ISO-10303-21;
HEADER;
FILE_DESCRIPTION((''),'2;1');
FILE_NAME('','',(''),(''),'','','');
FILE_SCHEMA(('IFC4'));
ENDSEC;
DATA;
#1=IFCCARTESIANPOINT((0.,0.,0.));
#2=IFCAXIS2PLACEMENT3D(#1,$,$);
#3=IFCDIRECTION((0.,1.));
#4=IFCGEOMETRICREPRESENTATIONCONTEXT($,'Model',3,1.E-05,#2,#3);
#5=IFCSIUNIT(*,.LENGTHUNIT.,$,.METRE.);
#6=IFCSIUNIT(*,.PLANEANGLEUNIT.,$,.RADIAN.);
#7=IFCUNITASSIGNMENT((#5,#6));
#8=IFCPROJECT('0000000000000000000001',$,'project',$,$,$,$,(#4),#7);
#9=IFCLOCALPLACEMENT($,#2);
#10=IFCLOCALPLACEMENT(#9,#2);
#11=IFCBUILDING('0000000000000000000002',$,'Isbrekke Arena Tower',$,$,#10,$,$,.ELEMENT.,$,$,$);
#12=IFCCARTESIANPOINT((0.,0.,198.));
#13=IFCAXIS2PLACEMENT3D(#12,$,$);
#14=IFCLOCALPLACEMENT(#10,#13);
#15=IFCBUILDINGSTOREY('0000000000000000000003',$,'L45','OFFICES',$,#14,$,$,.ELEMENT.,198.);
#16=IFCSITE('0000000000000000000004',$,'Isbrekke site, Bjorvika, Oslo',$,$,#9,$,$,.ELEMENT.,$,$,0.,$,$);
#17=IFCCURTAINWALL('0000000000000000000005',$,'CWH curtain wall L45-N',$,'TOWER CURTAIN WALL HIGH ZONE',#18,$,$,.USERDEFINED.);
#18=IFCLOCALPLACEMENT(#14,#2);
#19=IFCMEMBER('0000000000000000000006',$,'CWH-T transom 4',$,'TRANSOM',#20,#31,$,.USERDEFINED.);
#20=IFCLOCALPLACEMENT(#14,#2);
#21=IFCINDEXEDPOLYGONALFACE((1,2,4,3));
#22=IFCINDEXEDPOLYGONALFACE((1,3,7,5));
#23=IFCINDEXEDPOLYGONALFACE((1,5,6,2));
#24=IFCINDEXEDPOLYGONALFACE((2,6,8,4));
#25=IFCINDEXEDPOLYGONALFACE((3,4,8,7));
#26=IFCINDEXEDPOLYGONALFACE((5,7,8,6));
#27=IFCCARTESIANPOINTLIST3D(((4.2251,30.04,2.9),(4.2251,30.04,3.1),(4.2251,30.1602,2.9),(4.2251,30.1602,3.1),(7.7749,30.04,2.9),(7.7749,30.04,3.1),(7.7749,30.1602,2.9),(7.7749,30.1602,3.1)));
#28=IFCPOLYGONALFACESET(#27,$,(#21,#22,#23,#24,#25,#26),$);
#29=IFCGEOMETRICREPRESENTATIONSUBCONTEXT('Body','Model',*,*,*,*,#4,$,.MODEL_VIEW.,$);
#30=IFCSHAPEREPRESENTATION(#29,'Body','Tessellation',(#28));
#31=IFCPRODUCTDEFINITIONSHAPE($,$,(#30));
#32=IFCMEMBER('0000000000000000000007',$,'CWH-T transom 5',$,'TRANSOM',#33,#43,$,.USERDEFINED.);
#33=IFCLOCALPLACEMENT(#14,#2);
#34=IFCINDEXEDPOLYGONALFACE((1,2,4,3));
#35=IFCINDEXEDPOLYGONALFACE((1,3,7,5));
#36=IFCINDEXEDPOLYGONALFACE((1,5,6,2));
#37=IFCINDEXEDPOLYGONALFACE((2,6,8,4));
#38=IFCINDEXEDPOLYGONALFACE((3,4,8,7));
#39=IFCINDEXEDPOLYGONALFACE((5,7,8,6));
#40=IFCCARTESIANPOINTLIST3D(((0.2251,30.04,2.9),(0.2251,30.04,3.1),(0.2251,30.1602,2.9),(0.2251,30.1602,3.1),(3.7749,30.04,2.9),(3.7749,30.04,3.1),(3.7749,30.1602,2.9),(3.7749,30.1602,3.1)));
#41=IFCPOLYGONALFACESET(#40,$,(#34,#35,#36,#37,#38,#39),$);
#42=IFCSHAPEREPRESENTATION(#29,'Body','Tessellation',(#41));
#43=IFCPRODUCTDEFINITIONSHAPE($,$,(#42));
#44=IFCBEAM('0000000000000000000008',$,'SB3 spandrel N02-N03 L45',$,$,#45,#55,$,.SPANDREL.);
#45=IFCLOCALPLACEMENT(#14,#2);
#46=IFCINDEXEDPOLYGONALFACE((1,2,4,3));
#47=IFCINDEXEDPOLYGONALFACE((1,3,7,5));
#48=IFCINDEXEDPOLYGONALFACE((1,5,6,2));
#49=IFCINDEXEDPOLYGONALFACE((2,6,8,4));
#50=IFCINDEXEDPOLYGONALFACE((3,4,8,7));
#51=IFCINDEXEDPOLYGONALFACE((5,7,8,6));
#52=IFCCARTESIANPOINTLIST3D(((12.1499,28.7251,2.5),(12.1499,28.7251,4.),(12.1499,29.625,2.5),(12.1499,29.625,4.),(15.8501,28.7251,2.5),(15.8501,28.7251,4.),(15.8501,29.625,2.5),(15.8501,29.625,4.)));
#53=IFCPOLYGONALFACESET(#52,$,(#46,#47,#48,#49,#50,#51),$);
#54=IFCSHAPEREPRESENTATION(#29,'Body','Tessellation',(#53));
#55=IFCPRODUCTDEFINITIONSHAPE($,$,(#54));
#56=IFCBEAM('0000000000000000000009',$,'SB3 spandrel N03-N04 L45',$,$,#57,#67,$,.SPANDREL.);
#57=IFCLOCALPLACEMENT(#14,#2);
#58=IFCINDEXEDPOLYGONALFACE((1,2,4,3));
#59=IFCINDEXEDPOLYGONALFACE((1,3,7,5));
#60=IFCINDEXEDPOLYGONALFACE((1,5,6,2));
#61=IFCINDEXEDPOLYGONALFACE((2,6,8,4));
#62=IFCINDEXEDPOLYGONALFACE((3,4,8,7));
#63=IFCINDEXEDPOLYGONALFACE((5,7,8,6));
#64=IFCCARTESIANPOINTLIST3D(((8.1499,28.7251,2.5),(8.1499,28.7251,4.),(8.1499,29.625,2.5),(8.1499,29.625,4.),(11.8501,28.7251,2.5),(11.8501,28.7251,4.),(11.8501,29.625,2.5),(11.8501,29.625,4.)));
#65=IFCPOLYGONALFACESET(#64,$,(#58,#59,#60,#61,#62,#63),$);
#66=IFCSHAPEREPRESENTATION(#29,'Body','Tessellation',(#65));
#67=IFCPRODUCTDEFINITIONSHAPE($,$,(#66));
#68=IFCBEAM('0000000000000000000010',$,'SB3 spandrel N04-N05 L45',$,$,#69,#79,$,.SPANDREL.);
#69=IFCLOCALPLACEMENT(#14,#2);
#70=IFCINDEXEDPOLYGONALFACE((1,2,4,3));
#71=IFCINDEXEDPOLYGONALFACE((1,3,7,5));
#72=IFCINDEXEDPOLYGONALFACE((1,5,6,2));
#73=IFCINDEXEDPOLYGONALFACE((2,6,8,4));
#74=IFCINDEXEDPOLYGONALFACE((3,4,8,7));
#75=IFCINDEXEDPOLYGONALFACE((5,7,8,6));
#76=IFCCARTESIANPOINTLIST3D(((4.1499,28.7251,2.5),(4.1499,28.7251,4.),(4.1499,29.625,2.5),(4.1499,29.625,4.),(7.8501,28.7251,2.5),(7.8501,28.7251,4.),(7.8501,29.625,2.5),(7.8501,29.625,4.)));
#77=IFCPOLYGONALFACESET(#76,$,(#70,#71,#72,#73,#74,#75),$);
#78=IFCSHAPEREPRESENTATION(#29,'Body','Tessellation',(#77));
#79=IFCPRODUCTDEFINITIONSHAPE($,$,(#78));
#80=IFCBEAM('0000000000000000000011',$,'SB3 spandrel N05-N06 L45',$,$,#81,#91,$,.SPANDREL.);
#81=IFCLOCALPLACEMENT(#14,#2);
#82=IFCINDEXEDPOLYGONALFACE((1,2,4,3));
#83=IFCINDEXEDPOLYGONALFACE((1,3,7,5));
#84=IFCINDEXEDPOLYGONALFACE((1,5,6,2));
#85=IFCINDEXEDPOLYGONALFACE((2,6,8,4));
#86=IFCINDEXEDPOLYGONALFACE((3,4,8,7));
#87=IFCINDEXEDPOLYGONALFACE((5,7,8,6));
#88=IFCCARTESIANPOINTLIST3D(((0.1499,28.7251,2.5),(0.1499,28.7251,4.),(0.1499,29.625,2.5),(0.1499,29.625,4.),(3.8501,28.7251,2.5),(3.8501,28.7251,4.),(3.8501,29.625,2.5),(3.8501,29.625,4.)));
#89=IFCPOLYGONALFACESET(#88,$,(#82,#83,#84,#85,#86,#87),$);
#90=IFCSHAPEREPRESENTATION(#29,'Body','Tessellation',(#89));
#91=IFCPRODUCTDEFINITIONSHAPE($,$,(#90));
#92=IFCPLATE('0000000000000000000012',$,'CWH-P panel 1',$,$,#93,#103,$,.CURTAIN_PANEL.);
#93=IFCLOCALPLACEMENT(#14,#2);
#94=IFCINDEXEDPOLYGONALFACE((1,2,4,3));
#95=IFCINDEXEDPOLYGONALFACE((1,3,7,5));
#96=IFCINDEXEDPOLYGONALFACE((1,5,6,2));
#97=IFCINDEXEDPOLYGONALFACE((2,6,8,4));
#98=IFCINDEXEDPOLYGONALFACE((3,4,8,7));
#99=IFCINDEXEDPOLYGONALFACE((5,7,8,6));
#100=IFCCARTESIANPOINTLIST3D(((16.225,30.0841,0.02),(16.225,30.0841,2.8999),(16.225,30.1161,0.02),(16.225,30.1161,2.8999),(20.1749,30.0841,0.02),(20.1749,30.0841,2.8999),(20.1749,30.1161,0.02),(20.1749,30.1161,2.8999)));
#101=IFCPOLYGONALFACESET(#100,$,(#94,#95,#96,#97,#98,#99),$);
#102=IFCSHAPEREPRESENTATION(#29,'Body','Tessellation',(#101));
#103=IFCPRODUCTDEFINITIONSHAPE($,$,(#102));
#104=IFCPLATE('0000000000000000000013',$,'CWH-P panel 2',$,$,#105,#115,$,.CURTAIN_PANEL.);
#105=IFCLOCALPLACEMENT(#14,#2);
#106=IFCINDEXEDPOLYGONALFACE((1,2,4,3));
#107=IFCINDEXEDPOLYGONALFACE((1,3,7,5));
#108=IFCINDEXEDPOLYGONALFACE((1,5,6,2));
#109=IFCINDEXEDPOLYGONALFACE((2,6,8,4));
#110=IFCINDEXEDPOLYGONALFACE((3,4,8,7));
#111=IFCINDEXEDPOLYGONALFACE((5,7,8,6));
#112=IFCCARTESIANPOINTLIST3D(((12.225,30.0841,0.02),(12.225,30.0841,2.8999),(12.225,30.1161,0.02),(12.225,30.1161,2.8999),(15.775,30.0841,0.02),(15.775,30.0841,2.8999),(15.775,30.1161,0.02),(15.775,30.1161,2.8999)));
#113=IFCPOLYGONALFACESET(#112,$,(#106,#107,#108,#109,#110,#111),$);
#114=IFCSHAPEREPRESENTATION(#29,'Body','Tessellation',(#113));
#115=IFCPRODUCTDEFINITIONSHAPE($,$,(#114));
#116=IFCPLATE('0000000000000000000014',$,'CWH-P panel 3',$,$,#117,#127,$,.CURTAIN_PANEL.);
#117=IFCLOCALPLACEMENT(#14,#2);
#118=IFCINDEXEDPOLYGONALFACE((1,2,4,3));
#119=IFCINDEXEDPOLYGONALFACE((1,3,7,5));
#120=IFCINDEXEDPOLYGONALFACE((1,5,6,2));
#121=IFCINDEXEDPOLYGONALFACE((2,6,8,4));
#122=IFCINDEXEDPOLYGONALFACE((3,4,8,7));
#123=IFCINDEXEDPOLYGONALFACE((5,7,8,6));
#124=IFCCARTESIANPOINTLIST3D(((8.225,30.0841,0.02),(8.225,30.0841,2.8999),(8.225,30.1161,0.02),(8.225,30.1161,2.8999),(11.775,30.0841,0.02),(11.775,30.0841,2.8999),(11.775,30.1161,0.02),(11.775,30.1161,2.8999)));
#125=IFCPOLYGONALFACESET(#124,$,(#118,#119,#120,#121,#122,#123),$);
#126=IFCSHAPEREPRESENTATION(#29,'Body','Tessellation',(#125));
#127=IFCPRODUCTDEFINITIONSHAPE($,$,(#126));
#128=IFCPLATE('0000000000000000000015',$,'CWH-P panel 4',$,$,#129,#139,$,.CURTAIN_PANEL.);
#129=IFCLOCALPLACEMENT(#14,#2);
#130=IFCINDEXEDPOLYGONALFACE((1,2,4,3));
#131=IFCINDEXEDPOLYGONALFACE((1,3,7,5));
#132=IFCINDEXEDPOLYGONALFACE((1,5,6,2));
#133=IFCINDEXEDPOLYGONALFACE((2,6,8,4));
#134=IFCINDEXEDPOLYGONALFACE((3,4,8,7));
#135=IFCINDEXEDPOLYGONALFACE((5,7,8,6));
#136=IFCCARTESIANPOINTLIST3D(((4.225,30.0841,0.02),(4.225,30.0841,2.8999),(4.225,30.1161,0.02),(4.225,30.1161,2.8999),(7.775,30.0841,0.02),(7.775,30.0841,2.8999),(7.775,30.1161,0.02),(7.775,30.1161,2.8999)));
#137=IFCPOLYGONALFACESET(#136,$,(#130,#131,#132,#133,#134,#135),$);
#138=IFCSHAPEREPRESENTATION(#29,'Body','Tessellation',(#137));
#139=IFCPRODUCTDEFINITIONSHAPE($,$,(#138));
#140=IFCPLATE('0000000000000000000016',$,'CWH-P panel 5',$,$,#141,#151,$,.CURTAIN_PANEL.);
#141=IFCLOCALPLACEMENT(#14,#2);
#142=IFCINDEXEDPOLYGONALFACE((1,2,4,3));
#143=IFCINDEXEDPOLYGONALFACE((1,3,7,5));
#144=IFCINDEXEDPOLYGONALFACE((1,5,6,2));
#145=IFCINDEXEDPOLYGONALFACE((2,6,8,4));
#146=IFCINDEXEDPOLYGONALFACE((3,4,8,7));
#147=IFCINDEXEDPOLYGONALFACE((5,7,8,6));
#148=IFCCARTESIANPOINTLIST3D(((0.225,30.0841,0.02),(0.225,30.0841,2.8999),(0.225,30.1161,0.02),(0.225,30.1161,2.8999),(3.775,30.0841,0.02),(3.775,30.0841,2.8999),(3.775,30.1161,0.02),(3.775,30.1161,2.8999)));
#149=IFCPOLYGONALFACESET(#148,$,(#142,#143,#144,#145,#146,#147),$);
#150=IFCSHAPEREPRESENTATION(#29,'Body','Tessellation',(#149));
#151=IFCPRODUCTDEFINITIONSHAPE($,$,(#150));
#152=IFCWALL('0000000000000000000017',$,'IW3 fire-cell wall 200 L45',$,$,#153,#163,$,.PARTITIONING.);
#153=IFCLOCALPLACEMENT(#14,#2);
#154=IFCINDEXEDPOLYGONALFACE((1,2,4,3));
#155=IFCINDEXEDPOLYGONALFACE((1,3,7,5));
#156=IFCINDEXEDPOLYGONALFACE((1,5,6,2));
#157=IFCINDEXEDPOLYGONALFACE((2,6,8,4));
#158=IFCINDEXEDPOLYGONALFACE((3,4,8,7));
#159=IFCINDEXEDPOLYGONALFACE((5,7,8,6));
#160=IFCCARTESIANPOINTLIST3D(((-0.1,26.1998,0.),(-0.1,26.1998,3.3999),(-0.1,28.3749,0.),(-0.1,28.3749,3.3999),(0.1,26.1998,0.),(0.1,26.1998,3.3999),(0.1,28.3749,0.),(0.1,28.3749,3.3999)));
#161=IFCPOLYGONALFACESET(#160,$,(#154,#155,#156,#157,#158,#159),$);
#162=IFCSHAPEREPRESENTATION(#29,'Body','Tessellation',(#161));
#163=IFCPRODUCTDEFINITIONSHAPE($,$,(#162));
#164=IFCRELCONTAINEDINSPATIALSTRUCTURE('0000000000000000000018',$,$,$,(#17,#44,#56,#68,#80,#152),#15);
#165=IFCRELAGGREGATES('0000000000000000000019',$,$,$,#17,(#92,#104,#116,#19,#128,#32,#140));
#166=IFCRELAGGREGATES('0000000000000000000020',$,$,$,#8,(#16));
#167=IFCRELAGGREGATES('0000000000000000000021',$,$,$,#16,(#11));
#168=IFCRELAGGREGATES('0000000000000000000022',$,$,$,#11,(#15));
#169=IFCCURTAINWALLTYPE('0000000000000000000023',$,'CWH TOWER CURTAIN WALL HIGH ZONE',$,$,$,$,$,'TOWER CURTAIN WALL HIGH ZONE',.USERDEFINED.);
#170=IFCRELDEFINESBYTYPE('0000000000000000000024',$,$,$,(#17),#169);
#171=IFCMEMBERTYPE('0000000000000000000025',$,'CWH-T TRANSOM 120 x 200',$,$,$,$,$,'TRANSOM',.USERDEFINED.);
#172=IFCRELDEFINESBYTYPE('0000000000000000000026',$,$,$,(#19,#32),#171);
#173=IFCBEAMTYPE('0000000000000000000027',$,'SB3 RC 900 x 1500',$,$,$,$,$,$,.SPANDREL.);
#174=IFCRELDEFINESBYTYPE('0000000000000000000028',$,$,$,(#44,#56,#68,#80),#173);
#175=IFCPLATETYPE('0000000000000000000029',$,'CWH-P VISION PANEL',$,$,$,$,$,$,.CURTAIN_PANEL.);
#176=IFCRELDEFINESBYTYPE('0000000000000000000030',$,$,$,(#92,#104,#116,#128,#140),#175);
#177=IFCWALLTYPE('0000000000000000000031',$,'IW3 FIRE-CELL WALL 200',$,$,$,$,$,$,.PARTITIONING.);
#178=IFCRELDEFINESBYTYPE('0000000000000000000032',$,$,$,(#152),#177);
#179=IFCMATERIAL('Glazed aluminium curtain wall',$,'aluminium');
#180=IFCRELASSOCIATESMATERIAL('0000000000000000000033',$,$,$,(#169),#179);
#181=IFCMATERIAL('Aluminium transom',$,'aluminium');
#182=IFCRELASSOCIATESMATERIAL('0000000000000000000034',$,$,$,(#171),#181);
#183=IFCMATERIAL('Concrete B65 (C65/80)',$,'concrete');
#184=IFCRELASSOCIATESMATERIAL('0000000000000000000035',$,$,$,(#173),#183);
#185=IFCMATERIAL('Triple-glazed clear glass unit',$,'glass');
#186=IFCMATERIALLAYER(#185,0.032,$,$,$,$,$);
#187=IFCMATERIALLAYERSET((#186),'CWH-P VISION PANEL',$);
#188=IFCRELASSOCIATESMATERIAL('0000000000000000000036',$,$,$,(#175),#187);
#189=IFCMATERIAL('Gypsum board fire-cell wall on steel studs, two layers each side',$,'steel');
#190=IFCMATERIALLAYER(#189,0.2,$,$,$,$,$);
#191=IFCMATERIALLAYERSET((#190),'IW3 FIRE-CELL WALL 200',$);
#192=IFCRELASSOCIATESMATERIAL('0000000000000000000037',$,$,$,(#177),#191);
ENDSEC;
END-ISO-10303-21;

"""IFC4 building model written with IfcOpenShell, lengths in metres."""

from ifc_helpers import new_model, si_unit, direction, frame, frame_2d, origin, origin_2d, place, context, subcontext, project, spatial, rectangle, extrude, material, layer, layer_set, material_profile, profile_set, type_object, element, aggregate, save


model = new_model("IFC4")

# Units and contexts
model_context = context("Model", 3, precision=1e-05, world=origin(), true_north=direction((0.0, 1.0)))
body_context = subcontext(model_context, "Body", "Model", "MODEL_VIEW")
ifc_project = project(units=[si_unit("LENGTHUNIT", "METRE"), si_unit("PLANEANGLEUNIT", "RADIAN")], contexts=[model_context])

# Site, building, storey
site_placement = place(None, origin())
site = spatial("IfcSite", under=ifc_project, at=site_placement, Name="Isbrekke site, Bjorvika, Oslo", CompositionType="ELEMENT", RefElevation=0.0)
building_placement = place(site_placement, origin())
building = spatial("IfcBuilding", under=site, at=building_placement, Name="Isbrekke Arena Tower", CompositionType="ELEMENT")
storey_placement = place(building_placement, frame((0.0, 0.0, 198.0)))
storey = spatial("IfcBuildingStorey", under=building, at=storey_placement, Name="L45", Description="OFFICES", CompositionType="ELEMENT", Elevation=198.0)

# Curtain wall, members
ifc_material_1 = material(Name="Glazed aluminium curtain wall", Category="aluminium")
curtain_wall_type = type_object("IfcCurtainWallType", Name="CWH TOWER CURTAIN WALL HIGH ZONE", ElementType="TOWER CURTAIN WALL HIGH ZONE", PredefinedType="USERDEFINED", material=ifc_material_1)
curtain_wall_placement = place(storey_placement, origin())
curtain_wall = element("IfcCurtainWall", 1, at=curtain_wall_placement, inside=storey, type_object=curtain_wall_type, Name="CWH curtain wall L45-N", ObjectType="TOWER CURTAIN WALL HIGH ZONE", PredefinedType="USERDEFINED")
ifc_material_2 = material(Name="Aluminium transom", Category="aluminium")
ifc_material_profile_1 = material_profile(ifc_material_2, rectangle(XDim=0.1201, YDim=0.2, at=origin_2d()), Name="TRANSOM 120X200")
ifc_profile_set_1 = profile_set([ifc_material_profile_1], Name="Aluminium transom")
member_type_1 = type_object("IfcMemberType", Name="CWH-T TRANSOM 120 x 200", ElementType="TRANSOM", PredefinedType="USERDEFINED", material=ifc_profile_set_1)
member_1_placement = place(storey_placement, frame((7.7749, 30.1001, 3.0), z_axis=(-1.0, 0.0, 0.0), x_axis=(0.0, -1.0, 0.0)))
member_1 = element("IfcMember", 2, at=member_1_placement, type_object=member_type_1, Name="CWH-T transom 4", ObjectType="TRANSOM", PredefinedType="USERDEFINED", context=body_context, shape_type="SweptSolid", body=[
    extrude(rectangle(XDim=0.1201, YDim=0.2, at=origin_2d()), origin(), (0.0, 0.0, 1.0), 3.5498),
])
member_2_placement = place(storey_placement, frame((3.7749, 30.1001, 3.0), z_axis=(-1.0, 0.0, 0.0), x_axis=(0.0, -1.0, 0.0)))
member_2 = element("IfcMember", 3, at=member_2_placement, type_object=member_type_1, Name="CWH-T transom 5", ObjectType="TRANSOM", PredefinedType="USERDEFINED", context=body_context, shape_type="SweptSolid", body=[
    extrude(rectangle(XDim=0.1201, YDim=0.2, at=origin_2d()), origin(), (0.0, 0.0, 1.0), 3.5498),
])

# Beams
ifc_material_3 = material(Name="Concrete B65 (C65/80)", Category="concrete")
ifc_material_profile_2 = material_profile(ifc_material_3, rectangle(XDim=0.8999, YDim=1.5, at=origin_2d()), Name="RC 900x1500")
ifc_profile_set_2 = profile_set([ifc_material_profile_2], Name="Concrete B65 (C65/80)")
beam_type_1 = type_object("IfcBeamType", Name="SB3 RC 900 x 1500", PredefinedType="SPANDREL", material=ifc_profile_set_2)
for number, where, z_axis, x_axis, name in (
    (4, (15.8501, 29.175, 3.25), (-1.0, 0.0, 0.0), (0.0, -1.0, 0.0), "SB3 spandrel N02-N03 L45"),
    (5, (11.8501, 29.175, 3.25), (-1.0, 0.0, 0.0), (0.0, -1.0, 0.0), "SB3 spandrel N03-N04 L45"),
    (6, (7.8501, 29.175, 3.25), (-1.0, 0.0, 0.0), (0.0, -1.0, 0.0), "SB3 spandrel N04-N05 L45"),
    (7, (3.8501, 29.175, 3.25), (-1.0, 0.0, 0.0), (0.0, -1.0, 0.0), "SB3 spandrel N05-N06 L45"),
):
    element("IfcBeam", number, at=place(storey_placement, frame(where, z_axis=z_axis, x_axis=x_axis)), inside=storey, type_object=beam_type_1, Name=name, PredefinedType="SPANDREL", context=body_context, shape_type="SweptSolid", body=[
        extrude(rectangle(XDim=0.8999, YDim=1.5, at=origin_2d()), origin(), (0.0, 0.0, 1.0), 3.7002),
    ])

# Plates
ifc_material_4 = material(Name="Triple-glazed clear glass unit", Category="glass")
ifc_layer_1 = layer(ifc_material_4, 0.032)
ifc_layer_set_1 = layer_set([ifc_layer_1], Name="CWH-P VISION PANEL")
plate_type = type_object("IfcPlateType", Name="CWH-P VISION PANEL", PredefinedType="CURTAIN_PANEL", material=ifc_layer_set_1)
plate_1_placement = place(storey_placement, frame((18.2, 30.1001, 0.02), z_axis=(0.0, 0.0, 1.0), x_axis=(-1.0, 0.0, 0.0)))
plate_1 = element("IfcPlate", 8, at=plate_1_placement, type_object=plate_type, Name="CWH-P panel 1", PredefinedType="CURTAIN_PANEL", context=body_context, shape_type="SweptSolid", body=[
    extrude(rectangle(XDim=3.95, YDim=0.032, at=origin_2d()), origin(), (0.0, 0.0, 1.0), 2.8799),
])
plate_2_placement = place(storey_placement, frame((14.0, 30.1001, 0.02), z_axis=(0.0, 0.0, 1.0), x_axis=(-1.0, 0.0, 0.0)))
plate_2 = element("IfcPlate", 9, at=plate_2_placement, type_object=plate_type, Name="CWH-P panel 2", PredefinedType="CURTAIN_PANEL", context=body_context, shape_type="SweptSolid", body=[
    extrude(rectangle(XDim=3.55, YDim=0.032, at=origin_2d()), origin(), (0.0, 0.0, 1.0), 2.8799),
])
plate_3_placement = place(storey_placement, frame((10.0, 30.1001, 0.02), z_axis=(0.0, 0.0, 1.0), x_axis=(-1.0, 0.0, 0.0)))
plate_3 = element("IfcPlate", 10, at=plate_3_placement, type_object=plate_type, Name="CWH-P panel 3", PredefinedType="CURTAIN_PANEL", context=body_context, shape_type="SweptSolid", body=[
    extrude(rectangle(XDim=3.55, YDim=0.032, at=origin_2d()), origin(), (0.0, 0.0, 1.0), 2.8799),
])
plate_4_placement = place(storey_placement, frame((6.0, 30.1001, 0.02), z_axis=(0.0, 0.0, 1.0), x_axis=(-1.0, 0.0, 0.0)))
plate_4 = element("IfcPlate", 11, at=plate_4_placement, type_object=plate_type, Name="CWH-P panel 4", PredefinedType="CURTAIN_PANEL", context=body_context, shape_type="SweptSolid", body=[
    extrude(rectangle(XDim=3.55, YDim=0.032, at=origin_2d()), origin(), (0.0, 0.0, 1.0), 2.8799),
])
plate_5_placement = place(storey_placement, frame((2.0, 30.1001, 0.02), z_axis=(0.0, 0.0, 1.0), x_axis=(-1.0, 0.0, 0.0)))
plate_5 = element("IfcPlate", 12, at=plate_5_placement, type_object=plate_type, Name="CWH-P panel 5", PredefinedType="CURTAIN_PANEL", context=body_context, shape_type="SweptSolid", body=[
    extrude(rectangle(XDim=3.55, YDim=0.032, at=origin_2d()), origin(), (0.0, 0.0, 1.0), 2.8799),
])
aggregate(curtain_wall, [plate_1, plate_2, plate_3, member_1, plate_4, member_2, plate_5])

# Wall
ifc_material_5 = material(Name="Gypsum board fire-cell wall on steel studs, two layers each side", Category="steel")
ifc_layer_2 = layer(ifc_material_5, 0.2)
ifc_layer_set_2 = layer_set([ifc_layer_2], Name="IW3 FIRE-CELL WALL 200")
wall_type = type_object("IfcWallType", Name="IW3 FIRE-CELL WALL 200", PredefinedType="PARTITIONING", material=ifc_layer_set_2)
wall_placement = place(storey_placement, frame((0.0, 26.2, 0.0), z_axis=(0.0, 0.0, 1.0), x_axis=(0.0, 1.0, 0.0)))
element("IfcWall", 13, at=wall_placement, inside=storey, type_object=wall_type, Name="IW3 fire-cell wall 200 L45", PredefinedType="PARTITIONING", context=body_context, shape_type="SweptSolid", body=[
    extrude(rectangle(XDim=2.175, YDim=0.2, at=frame_2d((1.0874, 0.0))), origin(), (0.0, 0.0, 1.0), 3.3999),
])

save(model, "model.ifc")
